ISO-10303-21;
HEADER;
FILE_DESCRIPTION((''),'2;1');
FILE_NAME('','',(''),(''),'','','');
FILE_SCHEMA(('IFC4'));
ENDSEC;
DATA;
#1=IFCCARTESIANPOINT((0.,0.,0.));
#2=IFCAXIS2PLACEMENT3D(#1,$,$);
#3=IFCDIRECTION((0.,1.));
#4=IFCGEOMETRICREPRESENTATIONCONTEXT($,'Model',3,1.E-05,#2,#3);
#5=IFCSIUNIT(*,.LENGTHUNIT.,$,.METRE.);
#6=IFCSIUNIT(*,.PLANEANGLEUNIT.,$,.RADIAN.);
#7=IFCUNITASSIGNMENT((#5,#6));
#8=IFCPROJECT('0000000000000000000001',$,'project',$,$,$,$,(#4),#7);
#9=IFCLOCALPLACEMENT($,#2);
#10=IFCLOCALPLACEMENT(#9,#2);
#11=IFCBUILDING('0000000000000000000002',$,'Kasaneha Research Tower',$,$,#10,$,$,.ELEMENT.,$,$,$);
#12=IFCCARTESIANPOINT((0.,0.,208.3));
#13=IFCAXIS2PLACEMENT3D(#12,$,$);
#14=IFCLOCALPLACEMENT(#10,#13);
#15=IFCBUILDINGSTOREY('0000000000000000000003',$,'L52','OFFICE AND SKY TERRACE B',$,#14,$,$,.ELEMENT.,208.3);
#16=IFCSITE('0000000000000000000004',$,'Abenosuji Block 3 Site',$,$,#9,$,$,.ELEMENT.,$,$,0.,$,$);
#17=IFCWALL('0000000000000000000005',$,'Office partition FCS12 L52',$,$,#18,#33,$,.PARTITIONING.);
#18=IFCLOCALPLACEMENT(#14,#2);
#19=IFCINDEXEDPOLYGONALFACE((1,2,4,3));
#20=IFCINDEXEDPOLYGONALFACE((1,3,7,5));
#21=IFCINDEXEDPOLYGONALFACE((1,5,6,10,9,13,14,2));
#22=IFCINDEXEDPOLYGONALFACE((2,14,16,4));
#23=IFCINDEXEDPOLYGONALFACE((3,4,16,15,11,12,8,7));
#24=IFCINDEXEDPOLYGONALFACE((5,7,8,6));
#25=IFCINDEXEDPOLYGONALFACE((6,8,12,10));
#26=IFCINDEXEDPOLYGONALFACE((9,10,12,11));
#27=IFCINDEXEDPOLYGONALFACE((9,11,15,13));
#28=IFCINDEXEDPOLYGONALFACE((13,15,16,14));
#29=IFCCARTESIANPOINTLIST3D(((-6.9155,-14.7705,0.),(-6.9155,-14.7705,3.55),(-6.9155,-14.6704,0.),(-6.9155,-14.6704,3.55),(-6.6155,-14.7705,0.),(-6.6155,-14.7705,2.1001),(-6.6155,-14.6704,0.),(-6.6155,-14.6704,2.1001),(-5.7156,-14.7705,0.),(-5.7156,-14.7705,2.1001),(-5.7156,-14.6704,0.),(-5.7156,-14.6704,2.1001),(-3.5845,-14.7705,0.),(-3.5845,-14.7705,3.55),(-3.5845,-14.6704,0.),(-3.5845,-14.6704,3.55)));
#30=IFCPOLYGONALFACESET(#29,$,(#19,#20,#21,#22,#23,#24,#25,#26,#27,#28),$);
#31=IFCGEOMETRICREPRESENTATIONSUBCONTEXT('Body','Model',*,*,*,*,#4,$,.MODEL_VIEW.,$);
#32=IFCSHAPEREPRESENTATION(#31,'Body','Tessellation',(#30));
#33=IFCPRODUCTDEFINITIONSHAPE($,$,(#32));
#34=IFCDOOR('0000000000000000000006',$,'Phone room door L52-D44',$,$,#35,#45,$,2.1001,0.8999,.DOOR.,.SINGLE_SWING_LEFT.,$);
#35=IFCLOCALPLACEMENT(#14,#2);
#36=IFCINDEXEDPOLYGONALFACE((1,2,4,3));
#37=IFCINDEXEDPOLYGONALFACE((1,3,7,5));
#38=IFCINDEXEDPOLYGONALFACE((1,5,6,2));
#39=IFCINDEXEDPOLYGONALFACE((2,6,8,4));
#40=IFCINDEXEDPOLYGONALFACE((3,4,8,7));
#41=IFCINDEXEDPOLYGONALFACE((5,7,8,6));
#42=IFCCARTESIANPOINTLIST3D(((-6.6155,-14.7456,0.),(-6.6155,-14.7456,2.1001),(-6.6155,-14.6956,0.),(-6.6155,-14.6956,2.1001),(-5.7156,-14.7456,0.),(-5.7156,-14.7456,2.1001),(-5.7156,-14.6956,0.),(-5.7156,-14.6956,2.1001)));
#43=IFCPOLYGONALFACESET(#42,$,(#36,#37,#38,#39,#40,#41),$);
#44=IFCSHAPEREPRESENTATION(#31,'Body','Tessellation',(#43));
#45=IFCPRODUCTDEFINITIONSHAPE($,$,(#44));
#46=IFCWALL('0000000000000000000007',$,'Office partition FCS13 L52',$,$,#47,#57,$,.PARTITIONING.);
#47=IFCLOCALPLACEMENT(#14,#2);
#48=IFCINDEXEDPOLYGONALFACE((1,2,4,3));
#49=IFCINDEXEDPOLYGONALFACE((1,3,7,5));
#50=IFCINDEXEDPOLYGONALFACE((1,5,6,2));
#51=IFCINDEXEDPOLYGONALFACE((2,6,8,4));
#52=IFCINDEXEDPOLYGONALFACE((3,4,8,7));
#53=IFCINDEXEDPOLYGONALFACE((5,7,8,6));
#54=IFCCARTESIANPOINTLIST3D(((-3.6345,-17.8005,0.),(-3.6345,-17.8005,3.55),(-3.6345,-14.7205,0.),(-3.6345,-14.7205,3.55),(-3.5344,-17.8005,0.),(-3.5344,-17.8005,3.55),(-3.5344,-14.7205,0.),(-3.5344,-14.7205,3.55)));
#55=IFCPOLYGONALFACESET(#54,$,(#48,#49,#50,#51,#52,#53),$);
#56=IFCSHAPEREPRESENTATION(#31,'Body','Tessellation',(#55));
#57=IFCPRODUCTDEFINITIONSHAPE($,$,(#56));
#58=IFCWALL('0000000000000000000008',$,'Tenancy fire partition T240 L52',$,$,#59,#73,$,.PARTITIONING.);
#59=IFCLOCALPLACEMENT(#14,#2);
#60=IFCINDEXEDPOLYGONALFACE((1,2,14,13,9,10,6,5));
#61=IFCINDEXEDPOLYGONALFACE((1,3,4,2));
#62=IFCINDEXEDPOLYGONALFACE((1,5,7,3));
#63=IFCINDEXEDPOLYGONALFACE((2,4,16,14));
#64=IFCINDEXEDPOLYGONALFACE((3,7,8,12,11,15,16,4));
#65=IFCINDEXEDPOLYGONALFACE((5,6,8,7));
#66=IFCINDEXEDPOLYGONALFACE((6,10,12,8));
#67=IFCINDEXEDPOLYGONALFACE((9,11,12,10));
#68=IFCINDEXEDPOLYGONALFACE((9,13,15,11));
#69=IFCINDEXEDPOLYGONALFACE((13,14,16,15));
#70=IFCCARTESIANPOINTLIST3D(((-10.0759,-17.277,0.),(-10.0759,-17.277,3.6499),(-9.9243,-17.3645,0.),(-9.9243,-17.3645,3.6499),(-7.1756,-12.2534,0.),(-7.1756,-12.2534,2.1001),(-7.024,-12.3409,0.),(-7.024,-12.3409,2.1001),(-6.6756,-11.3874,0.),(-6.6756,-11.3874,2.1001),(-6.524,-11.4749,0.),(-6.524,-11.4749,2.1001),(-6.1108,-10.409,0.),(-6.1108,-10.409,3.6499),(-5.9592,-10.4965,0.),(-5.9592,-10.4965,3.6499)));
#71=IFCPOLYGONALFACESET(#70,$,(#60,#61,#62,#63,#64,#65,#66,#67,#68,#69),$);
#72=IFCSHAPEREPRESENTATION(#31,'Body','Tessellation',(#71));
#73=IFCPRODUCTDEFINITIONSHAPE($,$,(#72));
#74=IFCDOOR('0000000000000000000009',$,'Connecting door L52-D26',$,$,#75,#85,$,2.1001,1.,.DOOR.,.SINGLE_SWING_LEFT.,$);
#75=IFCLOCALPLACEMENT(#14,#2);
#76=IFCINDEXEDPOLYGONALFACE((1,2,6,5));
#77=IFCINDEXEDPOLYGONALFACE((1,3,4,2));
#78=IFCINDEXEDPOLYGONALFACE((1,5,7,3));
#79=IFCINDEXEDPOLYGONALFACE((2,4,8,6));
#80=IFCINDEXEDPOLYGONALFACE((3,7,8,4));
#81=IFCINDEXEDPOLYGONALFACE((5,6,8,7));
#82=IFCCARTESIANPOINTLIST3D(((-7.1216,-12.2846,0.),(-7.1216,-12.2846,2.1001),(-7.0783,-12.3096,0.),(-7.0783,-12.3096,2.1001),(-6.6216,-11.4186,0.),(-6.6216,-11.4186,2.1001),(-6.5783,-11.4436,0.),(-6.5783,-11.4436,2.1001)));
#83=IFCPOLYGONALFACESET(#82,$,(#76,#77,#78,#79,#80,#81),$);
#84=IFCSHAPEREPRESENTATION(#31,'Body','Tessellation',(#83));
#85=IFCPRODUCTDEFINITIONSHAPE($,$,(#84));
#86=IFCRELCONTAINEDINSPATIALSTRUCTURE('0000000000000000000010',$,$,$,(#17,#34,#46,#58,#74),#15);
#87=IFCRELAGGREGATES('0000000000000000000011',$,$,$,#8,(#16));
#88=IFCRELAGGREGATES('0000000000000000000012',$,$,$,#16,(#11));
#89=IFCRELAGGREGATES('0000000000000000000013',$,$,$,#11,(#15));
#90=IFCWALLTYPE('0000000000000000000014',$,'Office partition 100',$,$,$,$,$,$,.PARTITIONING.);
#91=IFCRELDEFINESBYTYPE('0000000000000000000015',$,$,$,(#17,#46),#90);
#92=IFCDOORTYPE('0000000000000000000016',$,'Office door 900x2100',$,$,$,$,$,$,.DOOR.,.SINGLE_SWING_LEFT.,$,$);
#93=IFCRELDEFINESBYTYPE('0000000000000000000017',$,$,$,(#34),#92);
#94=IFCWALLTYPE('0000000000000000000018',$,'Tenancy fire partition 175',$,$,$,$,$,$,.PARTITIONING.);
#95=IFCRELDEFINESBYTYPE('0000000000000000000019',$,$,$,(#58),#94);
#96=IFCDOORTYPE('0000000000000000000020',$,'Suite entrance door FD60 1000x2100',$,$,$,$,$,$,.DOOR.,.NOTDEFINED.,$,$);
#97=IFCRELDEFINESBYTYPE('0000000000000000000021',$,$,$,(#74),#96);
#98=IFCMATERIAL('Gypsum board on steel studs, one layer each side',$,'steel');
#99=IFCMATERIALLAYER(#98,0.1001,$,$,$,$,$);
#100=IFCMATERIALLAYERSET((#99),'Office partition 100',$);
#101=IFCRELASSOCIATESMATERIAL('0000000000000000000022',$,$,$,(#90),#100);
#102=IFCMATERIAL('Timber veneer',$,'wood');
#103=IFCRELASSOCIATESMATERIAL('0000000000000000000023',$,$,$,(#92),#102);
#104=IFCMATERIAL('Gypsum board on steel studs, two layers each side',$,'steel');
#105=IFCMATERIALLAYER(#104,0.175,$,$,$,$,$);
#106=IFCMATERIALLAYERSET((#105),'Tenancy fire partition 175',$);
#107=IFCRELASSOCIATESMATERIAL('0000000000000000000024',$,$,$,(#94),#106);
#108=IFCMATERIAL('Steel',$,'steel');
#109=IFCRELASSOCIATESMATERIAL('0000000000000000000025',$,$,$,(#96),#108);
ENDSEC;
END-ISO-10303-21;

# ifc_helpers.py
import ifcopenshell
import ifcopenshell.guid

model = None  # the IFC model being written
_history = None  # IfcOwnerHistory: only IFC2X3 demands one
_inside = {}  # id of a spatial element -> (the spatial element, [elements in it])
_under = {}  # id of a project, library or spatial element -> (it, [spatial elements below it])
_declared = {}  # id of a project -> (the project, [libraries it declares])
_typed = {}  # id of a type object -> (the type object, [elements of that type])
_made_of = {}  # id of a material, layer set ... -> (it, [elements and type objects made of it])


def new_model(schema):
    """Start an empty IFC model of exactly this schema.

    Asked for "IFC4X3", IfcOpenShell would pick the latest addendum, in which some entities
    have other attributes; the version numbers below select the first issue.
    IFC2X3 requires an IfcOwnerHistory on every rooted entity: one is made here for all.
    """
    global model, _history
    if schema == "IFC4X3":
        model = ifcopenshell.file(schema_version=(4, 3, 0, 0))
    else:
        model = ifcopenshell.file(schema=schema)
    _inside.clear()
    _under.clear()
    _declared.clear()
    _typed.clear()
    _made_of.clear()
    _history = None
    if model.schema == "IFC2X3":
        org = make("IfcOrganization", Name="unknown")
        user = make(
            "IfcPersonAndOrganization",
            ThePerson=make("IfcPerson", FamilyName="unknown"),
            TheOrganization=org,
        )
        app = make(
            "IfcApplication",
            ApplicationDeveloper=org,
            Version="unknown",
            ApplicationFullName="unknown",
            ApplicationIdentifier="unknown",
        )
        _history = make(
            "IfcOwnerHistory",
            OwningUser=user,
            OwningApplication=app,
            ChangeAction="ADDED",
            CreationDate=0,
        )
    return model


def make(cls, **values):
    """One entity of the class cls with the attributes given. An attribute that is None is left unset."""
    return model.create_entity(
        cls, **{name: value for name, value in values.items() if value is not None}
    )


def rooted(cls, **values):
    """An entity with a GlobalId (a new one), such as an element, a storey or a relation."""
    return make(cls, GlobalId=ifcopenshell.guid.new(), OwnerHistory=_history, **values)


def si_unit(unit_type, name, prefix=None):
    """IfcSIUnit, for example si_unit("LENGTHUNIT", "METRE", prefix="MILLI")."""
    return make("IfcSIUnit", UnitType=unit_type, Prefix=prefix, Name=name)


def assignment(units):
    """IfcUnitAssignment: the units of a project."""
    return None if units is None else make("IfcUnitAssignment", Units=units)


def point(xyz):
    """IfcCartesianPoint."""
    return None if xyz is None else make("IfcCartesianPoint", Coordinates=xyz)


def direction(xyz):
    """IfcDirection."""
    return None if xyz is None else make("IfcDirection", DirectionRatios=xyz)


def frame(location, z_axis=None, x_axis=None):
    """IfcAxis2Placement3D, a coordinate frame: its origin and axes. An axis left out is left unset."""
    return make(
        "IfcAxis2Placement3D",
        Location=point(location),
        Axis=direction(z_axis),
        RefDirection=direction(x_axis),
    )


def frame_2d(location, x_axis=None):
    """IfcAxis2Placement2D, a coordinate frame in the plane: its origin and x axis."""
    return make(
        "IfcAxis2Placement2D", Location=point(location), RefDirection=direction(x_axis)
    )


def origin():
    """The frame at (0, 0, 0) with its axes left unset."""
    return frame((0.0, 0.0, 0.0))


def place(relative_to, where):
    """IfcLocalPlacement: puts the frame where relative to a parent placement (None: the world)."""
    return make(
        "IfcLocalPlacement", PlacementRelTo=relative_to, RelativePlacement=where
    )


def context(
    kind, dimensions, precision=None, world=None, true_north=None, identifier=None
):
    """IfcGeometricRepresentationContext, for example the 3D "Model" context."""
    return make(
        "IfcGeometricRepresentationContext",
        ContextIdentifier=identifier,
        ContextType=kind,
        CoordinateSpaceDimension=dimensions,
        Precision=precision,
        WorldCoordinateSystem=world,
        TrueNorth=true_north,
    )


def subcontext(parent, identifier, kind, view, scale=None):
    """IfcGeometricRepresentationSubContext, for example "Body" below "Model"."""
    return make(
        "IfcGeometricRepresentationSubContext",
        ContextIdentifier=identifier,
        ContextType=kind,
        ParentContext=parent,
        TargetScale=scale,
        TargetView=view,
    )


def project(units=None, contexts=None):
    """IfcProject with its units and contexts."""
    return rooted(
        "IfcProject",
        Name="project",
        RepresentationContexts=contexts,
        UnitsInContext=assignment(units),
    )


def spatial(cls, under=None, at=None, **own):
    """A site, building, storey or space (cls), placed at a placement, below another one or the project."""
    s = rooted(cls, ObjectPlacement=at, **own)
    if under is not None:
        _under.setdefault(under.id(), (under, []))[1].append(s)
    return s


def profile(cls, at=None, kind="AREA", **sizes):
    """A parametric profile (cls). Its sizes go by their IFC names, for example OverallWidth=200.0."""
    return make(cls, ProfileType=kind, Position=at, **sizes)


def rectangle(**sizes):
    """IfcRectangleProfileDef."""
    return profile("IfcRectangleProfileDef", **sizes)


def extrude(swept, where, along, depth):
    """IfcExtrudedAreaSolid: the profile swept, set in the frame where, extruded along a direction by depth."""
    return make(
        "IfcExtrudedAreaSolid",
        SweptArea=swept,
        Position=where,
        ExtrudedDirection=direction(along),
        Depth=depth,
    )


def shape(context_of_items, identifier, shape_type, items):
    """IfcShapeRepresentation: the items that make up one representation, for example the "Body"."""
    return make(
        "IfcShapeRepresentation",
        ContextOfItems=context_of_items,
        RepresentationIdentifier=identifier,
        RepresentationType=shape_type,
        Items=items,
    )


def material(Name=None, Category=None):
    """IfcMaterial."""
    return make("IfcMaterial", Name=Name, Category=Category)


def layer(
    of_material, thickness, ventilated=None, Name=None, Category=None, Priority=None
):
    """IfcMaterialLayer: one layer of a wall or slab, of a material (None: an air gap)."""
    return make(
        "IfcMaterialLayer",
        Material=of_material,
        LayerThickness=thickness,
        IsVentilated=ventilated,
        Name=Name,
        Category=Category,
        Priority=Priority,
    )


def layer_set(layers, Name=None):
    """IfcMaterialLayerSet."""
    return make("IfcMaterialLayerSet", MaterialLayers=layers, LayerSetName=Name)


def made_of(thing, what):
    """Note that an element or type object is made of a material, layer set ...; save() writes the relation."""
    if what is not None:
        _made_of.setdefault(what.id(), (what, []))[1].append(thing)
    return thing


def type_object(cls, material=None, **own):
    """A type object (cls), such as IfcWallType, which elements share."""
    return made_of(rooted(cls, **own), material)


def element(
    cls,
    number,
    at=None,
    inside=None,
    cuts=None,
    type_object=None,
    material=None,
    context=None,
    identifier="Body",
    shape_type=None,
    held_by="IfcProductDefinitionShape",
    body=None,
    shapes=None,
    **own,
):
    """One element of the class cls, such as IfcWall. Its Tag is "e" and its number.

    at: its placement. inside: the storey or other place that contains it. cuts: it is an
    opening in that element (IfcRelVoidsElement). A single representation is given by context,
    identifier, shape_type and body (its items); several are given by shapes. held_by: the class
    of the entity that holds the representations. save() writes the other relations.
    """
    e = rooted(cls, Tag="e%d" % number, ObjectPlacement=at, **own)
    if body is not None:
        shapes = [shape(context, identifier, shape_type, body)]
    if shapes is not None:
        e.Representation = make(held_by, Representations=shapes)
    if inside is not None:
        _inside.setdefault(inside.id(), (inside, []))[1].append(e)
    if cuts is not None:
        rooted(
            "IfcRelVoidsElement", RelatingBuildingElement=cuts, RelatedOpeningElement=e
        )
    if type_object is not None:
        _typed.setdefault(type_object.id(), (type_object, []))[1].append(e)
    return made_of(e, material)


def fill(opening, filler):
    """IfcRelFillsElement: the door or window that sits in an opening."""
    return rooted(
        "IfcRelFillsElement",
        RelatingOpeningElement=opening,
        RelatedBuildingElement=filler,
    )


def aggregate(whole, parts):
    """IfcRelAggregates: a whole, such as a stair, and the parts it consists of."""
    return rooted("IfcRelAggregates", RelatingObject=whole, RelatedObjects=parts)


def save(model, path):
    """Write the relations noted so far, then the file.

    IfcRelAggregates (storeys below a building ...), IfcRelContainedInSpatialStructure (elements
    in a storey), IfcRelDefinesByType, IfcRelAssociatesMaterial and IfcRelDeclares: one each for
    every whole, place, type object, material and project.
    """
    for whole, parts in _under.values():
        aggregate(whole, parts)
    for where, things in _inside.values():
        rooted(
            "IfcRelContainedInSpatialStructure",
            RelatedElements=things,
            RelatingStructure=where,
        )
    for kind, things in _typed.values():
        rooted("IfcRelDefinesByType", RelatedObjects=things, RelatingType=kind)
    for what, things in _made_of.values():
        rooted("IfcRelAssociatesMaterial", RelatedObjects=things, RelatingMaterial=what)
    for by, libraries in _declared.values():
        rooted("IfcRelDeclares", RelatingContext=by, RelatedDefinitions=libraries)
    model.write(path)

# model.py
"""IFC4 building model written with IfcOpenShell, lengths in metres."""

from ifc_helpers import new_model, si_unit, direction, frame, frame_2d, origin, place, context, subcontext, project, spatial, rectangle, extrude, material, layer, layer_set, type_object, element, fill, save


model = new_model("IFC4")

# Units and contexts
model_context = context("Model", 3, precision=1e-05, world=origin(), true_north=direction((0.0, 1.0)))
body_context = subcontext(model_context, "Body", "Model", "MODEL_VIEW")
ifc_project = project(units=[si_unit("LENGTHUNIT", "METRE"), si_unit("PLANEANGLEUNIT", "RADIAN")], contexts=[model_context])

# Site, building, storey
site_placement = place(None, origin())
site = spatial("IfcSite", under=ifc_project, at=site_placement, Name="Abenosuji Block 3 Site", CompositionType="ELEMENT", RefElevation=0.0)
building_placement = place(site_placement, origin())
building = spatial("IfcBuilding", under=site, at=building_placement, Name="Kasaneha Research Tower", CompositionType="ELEMENT")
storey_placement = place(building_placement, frame((0.0, 0.0, 208.3)))
storey = spatial("IfcBuildingStorey", under=building, at=storey_placement, Name="L52", Description="OFFICE AND SKY TERRACE B", CompositionType="ELEMENT", Elevation=208.3)

# Shared definitions
ifc_material_1 = material(Name="Gypsum board on steel studs, one layer each side", Category="steel")
ifc_layer_1 = layer(ifc_material_1, 0.1001)
ifc_layer_set_1 = layer_set([ifc_layer_1], Name="Office partition 100")
wall_type_1 = type_object("IfcWallType", Name="Office partition 100", PredefinedType="PARTITIONING", material=ifc_layer_set_1)

# Shared definitions
ifc_material_2 = material(Name="Timber veneer", Category="wood")
door_type_1 = type_object("IfcDoorType", Name="Office door 900x2100", OperationType="SINGLE_SWING_LEFT", PredefinedType="DOOR", material=ifc_material_2)

# Wall, opening, door
wall_1_placement = place(storey_placement, frame((-6.9155, -14.7205, 0.0), z_axis=(0.0, 0.0, 1.0), x_axis=(1.0, 0.0, 0.0)))
wall_1 = element("IfcWall", 1, at=wall_1_placement, inside=storey, type_object=wall_type_1, Name="Office partition FCS12 L52", PredefinedType="PARTITIONING", context=body_context, shape_type="SweptSolid", body=[
    extrude(rectangle(XDim=3.3311, YDim=0.1001, at=frame_2d((1.6655, 0.0))), origin(), (0.0, 0.0, 1.0), 3.55),
])
opening_1_placement = place(wall_1_placement, frame((0.3, 0.0, 0.0)))
opening_1 = element("IfcOpeningElement", 2, at=opening_1_placement, cuts=wall_1, PredefinedType="OPENING", context=body_context, shape_type="SweptSolid", body=[
    extrude(rectangle(XDim=0.8999, YDim=2.1001, at=frame_2d((0.45, 1.05))), frame((0.0, 0.0601, 0.0), z_axis=(0.0, -1.0, 0.0), x_axis=(1.0, 0.0, 0.0)), (0.0, 0.0, 1.0), 0.1201),
])
door_1_placement = place(opening_1_placement, origin())
door_1 = element("IfcDoor", 3, at=door_1_placement, inside=storey, type_object=door_type_1, Name="Phone room door L52-D44", OperationType="SINGLE_SWING_LEFT", OverallHeight=2.1001, OverallWidth=0.8999, PredefinedType="DOOR", context=body_context, shape_type="SweptSolid", body=[
    extrude(rectangle(XDim=0.8999, YDim=2.1001, at=frame_2d((0.45, 1.05))), frame((0.0, 0.0249, 0.0), z_axis=(0.0, -1.0, 0.0), x_axis=(1.0, 0.0, 0.0)), (0.0, 0.0, 1.0), 0.05),
])
fill(opening_1, door_1)

# Wall
wall_2_placement = place(storey_placement, frame((-3.5845, -14.7205, 0.0), z_axis=(0.0, 0.0, 1.0), x_axis=(0.0, -1.0, 0.0)))
element("IfcWall", 4, at=wall_2_placement, inside=storey, type_object=wall_type_1, Name="Office partition FCS13 L52", PredefinedType="PARTITIONING", context=body_context, shape_type="SweptSolid", body=[
    extrude(rectangle(XDim=3.0801, YDim=0.1001, at=frame_2d((1.54, 0.0))), origin(), (0.0, 0.0, 1.0), 3.55),
])

# Wall, opening, door
ifc_material_3 = material(Name="Gypsum board on steel studs, two layers each side", Category="steel")
ifc_layer_2 = layer(ifc_material_3, 0.175)
ifc_layer_set_2 = layer_set([ifc_layer_2], Name="Tenancy fire partition 175")
wall_type_2 = type_object("IfcWallType", Name="Tenancy fire partition 175", PredefinedType="PARTITIONING", material=ifc_layer_set_2)
wall_3_placement = place(storey_placement, frame((-6.0349, -10.4526, 0.0), z_axis=(0.0, 0.0, 1.0), x_axis=(-0.49999, -0.866031, 0.0)))
wall_3 = element("IfcWall", 5, at=wall_3_placement, inside=storey, type_object=wall_type_2, Name="Tenancy fire partition T240 L52", PredefinedType="PARTITIONING", context=body_context, shape_type="SweptSolid", body=[
    extrude(rectangle(XDim=7.9304, YDim=0.175, at=frame_2d((3.9653, 0.0))), origin(), (0.0, 0.0, 1.0), 3.6499),
])
opening_2_placement = place(wall_3_placement, frame((1.1299, 0.0, 0.0)))
opening_2 = element("IfcOpeningElement", 6, at=opening_2_placement, cuts=wall_3, PredefinedType="OPENING", context=body_context, shape_type="SweptSolid", body=[
    extrude(rectangle(XDim=1.0, YDim=2.1001, at=frame_2d((0.5, 1.05))), frame((0.0, 0.0977, 0.0), z_axis=(0.0, -1.0, 0.0), x_axis=(1.0, 0.0, 0.0)), (0.0, 0.0, 1.0), 0.1951),
])
ifc_material_4 = material(Name="Steel", Category="steel")
door_type_2 = type_object("IfcDoorType", Name="Suite entrance door FD60 1000x2100", OperationType="NOTDEFINED", PredefinedType="DOOR", material=ifc_material_4)
door_2_placement = place(opening_2_placement, origin())
door_2 = element("IfcDoor", 7, at=door_2_placement, inside=storey, type_object=door_type_2, Name="Connecting door L52-D26", OperationType="SINGLE_SWING_LEFT", OverallHeight=2.1001, OverallWidth=1.0, PredefinedType="DOOR", context=body_context, shape_type="SweptSolid", body=[
    extrude(rectangle(XDim=1.0, YDim=2.1001, at=frame_2d((0.5, 1.05))), frame((0.0, 0.0249, 0.0), z_axis=(0.0, -1.0, 0.0), x_axis=(1.0, 0.0, 0.0)), (0.0, 0.0, 1.0), 0.05),
])
fill(opening_2, door_2)

save(model, "model.ifc")
